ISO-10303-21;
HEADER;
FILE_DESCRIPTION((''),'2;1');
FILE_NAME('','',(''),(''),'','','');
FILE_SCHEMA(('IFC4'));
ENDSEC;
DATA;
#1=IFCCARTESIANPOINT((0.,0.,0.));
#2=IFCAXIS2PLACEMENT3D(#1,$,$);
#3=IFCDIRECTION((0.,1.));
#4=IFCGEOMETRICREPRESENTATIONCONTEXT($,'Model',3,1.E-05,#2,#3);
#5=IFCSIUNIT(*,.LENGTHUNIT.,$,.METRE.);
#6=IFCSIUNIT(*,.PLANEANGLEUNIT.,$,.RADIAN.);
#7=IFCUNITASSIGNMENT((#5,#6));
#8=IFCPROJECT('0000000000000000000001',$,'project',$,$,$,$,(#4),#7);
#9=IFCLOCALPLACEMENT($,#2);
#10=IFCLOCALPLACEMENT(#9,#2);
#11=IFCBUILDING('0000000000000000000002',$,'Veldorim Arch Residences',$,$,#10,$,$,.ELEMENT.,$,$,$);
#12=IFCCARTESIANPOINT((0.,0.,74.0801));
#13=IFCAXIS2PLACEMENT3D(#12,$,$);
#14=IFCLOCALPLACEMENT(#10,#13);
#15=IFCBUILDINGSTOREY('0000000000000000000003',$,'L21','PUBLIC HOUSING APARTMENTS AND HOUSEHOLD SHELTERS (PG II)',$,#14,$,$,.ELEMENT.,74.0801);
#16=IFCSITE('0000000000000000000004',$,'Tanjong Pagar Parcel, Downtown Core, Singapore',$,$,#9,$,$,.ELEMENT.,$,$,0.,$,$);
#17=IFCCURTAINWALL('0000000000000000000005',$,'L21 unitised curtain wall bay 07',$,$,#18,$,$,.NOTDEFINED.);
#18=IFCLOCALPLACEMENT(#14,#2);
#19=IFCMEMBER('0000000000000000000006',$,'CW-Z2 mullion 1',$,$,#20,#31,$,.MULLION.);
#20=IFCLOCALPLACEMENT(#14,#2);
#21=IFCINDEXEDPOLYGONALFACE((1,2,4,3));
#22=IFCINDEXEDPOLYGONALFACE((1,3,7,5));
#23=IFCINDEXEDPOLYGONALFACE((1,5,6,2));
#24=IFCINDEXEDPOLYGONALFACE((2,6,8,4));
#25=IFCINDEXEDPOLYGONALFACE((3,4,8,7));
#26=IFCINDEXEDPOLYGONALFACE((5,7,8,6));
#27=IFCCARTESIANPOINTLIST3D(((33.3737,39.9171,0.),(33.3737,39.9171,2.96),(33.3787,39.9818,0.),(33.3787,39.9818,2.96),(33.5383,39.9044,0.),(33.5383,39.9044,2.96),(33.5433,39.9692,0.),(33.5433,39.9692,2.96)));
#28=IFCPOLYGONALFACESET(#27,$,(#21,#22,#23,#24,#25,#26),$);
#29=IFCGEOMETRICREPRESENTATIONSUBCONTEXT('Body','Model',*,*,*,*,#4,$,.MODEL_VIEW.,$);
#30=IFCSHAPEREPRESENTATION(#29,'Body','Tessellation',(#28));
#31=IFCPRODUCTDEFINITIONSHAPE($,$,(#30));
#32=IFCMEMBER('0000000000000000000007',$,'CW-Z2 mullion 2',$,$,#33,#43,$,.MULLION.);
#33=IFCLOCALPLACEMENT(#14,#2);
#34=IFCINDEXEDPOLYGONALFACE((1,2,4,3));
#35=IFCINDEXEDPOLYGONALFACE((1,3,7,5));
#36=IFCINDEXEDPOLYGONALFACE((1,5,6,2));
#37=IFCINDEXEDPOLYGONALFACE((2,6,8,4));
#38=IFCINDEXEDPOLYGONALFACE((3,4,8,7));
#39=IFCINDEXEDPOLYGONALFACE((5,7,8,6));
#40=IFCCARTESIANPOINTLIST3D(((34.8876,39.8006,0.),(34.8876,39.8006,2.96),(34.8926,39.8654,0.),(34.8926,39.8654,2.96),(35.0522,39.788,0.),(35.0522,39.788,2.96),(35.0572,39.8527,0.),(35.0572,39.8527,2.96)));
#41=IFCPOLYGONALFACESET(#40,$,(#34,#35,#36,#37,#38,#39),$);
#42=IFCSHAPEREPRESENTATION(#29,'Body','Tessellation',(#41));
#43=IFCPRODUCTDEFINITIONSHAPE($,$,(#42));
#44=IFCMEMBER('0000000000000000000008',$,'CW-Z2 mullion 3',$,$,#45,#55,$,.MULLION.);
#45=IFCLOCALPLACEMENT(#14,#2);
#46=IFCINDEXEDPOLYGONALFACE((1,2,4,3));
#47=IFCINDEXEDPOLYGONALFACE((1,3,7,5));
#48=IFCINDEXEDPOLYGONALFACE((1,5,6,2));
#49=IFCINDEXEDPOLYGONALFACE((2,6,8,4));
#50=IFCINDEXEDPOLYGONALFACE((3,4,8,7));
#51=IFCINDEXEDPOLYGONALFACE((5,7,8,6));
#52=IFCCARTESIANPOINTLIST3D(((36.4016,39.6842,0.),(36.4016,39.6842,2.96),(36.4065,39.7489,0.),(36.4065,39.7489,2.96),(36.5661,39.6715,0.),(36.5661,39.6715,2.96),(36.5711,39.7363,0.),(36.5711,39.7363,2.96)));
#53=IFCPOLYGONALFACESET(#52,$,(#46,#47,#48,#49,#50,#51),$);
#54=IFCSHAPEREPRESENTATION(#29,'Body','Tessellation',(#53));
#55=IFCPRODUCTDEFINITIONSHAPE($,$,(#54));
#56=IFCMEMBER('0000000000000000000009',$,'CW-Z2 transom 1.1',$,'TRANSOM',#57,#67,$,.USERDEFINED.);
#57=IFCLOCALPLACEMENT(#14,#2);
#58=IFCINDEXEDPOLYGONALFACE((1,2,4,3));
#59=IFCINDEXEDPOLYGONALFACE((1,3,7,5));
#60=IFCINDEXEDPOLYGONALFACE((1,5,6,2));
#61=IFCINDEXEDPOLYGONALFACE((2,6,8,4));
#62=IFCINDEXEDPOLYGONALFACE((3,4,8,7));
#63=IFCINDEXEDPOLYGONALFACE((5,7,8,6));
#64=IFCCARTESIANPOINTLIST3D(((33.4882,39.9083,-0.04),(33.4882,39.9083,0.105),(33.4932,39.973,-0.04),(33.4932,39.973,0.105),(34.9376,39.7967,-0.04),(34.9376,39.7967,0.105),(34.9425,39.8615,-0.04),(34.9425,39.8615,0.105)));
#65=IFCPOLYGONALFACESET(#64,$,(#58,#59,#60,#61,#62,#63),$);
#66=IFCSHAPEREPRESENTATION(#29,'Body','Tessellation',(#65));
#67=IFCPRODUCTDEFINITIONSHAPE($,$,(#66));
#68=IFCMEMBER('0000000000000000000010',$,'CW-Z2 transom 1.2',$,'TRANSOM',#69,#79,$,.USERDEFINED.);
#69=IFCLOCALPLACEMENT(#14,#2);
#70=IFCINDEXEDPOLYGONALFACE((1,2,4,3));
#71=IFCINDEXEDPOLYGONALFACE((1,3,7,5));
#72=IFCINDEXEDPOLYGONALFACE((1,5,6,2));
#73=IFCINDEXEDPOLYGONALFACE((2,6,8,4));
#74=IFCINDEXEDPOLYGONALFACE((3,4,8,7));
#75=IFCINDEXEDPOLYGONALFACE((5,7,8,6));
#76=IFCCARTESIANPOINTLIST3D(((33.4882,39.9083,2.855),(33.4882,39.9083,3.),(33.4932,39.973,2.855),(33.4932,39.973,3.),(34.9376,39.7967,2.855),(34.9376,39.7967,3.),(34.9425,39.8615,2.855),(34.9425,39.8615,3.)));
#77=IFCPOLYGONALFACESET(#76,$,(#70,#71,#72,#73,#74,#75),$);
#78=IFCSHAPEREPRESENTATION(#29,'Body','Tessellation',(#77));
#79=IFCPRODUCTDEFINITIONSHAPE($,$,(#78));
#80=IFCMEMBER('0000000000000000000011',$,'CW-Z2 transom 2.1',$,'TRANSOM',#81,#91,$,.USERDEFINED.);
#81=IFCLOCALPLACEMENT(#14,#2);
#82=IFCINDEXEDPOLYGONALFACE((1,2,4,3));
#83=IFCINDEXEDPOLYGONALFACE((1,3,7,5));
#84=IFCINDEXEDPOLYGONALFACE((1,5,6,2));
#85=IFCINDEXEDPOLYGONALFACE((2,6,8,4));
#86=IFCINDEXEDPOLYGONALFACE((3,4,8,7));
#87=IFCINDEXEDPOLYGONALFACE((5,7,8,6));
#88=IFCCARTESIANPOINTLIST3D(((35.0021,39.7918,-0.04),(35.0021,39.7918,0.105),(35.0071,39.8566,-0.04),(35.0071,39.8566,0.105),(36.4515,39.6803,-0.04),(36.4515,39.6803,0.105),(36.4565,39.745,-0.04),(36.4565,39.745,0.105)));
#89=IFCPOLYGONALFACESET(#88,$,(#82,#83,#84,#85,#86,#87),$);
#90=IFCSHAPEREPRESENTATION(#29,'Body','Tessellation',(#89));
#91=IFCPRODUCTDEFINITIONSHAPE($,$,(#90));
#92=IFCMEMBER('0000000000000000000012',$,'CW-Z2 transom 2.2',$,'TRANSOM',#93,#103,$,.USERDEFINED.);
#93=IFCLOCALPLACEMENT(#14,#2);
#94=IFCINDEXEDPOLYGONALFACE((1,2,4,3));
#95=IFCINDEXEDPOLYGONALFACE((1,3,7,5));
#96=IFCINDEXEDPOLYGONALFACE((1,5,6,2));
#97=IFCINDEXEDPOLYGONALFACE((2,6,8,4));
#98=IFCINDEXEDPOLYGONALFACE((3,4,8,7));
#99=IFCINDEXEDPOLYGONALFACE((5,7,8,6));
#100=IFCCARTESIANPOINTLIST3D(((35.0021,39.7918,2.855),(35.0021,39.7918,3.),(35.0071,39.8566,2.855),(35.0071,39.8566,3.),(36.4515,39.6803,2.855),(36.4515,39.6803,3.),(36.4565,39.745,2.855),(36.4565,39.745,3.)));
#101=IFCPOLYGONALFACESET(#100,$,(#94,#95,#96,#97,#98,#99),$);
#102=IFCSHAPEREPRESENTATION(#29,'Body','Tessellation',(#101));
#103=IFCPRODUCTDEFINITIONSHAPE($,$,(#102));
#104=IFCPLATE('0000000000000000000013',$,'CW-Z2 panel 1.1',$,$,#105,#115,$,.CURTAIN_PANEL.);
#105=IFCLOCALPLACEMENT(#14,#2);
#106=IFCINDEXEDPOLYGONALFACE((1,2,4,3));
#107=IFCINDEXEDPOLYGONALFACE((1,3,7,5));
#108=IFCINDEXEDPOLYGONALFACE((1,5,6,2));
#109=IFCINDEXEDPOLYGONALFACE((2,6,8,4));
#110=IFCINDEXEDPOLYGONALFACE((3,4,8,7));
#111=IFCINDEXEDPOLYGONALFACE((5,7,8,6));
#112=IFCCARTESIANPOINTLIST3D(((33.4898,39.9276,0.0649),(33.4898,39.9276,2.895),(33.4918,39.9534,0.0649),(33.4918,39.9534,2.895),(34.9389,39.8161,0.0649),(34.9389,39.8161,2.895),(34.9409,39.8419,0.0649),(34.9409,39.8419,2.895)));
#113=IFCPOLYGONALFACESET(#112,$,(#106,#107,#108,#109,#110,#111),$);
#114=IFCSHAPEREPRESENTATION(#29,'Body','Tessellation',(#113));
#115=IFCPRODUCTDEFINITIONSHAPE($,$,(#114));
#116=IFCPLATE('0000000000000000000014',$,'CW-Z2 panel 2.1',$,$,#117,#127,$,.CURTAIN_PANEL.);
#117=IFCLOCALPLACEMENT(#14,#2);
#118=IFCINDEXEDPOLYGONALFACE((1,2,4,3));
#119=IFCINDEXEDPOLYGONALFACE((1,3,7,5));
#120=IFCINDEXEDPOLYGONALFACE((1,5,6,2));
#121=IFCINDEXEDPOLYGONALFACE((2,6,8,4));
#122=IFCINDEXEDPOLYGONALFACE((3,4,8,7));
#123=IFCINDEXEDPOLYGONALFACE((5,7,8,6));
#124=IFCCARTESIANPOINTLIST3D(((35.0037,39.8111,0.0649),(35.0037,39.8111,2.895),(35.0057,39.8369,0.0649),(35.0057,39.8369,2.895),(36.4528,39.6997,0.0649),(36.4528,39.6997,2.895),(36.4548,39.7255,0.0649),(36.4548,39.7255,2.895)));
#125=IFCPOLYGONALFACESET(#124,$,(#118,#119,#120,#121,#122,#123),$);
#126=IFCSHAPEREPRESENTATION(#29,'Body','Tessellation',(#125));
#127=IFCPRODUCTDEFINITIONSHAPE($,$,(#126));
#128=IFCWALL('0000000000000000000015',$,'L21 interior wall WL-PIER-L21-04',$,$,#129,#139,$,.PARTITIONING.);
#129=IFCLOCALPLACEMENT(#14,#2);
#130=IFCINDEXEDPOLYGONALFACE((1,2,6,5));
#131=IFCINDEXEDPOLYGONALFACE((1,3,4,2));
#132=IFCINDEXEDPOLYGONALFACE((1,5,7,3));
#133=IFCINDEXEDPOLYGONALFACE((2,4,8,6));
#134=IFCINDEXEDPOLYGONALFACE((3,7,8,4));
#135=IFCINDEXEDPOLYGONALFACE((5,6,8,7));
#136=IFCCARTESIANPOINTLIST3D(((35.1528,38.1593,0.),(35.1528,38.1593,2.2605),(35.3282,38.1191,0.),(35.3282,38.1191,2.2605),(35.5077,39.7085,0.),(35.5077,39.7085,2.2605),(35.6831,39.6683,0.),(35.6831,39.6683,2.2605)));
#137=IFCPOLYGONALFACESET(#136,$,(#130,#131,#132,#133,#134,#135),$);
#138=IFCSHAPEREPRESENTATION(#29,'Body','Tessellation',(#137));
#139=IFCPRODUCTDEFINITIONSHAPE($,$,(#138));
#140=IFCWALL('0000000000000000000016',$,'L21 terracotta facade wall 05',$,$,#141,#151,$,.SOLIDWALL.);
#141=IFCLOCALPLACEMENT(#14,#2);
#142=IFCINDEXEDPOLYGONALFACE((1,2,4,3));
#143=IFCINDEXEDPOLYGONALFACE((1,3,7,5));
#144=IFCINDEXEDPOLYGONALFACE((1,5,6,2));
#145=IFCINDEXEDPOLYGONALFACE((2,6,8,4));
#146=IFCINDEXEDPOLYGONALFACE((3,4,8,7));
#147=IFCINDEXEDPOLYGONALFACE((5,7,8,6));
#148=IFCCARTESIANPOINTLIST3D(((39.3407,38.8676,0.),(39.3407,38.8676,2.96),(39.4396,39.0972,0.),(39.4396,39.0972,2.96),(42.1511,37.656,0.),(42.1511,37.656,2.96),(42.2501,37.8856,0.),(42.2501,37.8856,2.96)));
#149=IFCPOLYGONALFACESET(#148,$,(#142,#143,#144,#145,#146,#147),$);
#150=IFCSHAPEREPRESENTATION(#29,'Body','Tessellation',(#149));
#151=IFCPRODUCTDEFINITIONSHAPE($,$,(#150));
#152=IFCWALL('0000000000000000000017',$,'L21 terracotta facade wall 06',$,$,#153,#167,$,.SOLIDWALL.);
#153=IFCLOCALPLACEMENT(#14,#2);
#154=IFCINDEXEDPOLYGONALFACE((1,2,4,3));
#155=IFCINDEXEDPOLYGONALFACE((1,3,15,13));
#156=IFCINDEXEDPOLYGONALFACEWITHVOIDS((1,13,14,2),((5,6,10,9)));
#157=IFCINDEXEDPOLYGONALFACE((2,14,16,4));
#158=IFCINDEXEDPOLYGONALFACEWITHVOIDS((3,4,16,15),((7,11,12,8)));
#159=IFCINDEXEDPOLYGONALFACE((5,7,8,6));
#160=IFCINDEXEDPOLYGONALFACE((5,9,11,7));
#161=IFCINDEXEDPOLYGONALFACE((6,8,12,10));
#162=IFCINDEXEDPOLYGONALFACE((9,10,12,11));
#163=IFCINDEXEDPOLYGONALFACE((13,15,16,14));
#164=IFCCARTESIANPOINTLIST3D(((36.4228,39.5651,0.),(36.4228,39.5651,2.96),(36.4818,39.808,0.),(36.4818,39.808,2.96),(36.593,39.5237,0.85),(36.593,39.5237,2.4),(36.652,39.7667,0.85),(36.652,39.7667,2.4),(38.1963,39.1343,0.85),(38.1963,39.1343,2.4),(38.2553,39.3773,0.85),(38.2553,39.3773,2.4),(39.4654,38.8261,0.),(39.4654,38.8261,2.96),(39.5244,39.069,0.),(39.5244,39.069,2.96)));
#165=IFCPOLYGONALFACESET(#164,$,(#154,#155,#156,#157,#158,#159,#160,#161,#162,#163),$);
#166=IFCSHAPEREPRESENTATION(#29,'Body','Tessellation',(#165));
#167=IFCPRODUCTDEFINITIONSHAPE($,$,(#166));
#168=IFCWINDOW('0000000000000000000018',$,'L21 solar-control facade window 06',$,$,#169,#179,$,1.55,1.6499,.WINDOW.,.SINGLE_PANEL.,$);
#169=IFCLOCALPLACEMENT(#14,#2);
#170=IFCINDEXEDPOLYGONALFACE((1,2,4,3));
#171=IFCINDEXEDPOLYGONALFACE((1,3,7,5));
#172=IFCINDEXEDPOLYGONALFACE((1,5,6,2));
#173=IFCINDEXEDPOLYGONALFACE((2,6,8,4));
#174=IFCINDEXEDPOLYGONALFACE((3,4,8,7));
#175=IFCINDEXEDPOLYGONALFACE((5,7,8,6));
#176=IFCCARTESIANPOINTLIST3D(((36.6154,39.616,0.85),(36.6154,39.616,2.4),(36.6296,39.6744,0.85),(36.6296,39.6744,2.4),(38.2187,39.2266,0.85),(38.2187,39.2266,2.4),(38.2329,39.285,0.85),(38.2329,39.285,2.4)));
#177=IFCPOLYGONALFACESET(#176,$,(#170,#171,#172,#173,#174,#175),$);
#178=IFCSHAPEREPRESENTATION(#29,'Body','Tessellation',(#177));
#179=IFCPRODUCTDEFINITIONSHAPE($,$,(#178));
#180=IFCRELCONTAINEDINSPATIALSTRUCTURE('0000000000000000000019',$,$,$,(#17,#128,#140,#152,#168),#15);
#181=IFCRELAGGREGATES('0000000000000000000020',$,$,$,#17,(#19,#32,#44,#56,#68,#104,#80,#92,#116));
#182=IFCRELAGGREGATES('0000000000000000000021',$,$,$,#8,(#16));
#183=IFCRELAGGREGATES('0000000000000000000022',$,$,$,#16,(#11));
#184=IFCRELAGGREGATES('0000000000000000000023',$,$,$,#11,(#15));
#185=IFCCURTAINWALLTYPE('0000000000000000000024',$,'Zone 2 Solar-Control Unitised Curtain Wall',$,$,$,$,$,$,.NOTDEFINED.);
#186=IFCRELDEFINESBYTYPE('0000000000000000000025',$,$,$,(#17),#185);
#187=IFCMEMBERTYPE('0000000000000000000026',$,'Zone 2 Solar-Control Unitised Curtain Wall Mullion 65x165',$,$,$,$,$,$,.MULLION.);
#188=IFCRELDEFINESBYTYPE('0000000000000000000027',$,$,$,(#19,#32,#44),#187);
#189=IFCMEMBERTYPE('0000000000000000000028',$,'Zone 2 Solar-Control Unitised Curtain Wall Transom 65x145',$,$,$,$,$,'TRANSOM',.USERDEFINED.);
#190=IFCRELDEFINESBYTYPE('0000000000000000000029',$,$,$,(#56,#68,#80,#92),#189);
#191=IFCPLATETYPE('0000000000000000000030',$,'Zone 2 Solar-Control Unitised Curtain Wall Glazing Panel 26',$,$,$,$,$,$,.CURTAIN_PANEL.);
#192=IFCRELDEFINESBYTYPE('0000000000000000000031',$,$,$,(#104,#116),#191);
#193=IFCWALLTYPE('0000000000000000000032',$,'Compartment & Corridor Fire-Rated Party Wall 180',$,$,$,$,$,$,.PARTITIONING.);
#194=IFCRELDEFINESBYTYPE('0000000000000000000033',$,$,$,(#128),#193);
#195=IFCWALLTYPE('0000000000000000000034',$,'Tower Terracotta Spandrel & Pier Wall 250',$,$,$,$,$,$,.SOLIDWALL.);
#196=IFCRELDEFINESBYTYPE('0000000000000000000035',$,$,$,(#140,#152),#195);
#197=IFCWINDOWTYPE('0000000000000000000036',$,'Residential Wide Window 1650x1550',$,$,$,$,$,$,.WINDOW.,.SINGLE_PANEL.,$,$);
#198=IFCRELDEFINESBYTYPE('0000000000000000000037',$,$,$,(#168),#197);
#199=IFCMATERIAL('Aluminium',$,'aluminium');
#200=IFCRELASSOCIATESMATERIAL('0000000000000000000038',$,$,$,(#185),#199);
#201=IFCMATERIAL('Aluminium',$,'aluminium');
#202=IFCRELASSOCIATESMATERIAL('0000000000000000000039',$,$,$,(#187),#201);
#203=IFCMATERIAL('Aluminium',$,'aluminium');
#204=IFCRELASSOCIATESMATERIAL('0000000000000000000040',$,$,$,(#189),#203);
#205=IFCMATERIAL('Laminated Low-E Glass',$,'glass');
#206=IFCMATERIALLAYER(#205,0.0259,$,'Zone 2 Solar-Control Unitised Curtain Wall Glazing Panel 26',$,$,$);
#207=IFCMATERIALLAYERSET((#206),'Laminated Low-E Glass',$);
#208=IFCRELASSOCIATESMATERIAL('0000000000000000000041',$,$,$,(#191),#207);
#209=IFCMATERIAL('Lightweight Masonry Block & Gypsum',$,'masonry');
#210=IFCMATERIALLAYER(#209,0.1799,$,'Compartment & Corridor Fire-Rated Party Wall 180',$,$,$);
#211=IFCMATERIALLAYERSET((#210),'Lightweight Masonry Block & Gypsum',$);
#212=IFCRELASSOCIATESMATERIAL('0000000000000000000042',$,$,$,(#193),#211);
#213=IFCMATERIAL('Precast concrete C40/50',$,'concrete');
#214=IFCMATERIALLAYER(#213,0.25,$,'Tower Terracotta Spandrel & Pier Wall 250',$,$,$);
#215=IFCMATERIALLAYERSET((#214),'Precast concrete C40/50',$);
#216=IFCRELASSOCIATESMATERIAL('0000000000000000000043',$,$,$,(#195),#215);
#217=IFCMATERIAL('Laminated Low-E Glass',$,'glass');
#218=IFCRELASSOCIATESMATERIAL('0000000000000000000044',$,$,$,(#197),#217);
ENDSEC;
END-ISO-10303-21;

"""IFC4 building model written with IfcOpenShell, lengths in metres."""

from ifc_helpers import new_model, si_unit, direction, frame, frame_2d, origin, origin_2d, place, context, subcontext, project, spatial, rectangle, extrude, material, layer, layer_set, material_profile, profile_set, type_object, element, fill, aggregate, save


model = new_model("IFC4")

# Units and contexts
model_context = context("Model", 3, precision=1e-05, world=origin(), true_north=direction((0.0, 1.0)))
body_context = subcontext(model_context, "Body", "Model", "MODEL_VIEW")
ifc_project = project(units=[si_unit("LENGTHUNIT", "METRE"), si_unit("PLANEANGLEUNIT", "RADIAN")], contexts=[model_context])

# Site, building, storey
site_placement = place(None, origin())
site = spatial("IfcSite", under=ifc_project, at=site_placement, Name="Tanjong Pagar Parcel, Downtown Core, Singapore", CompositionType="ELEMENT", RefElevation=0.0)
building_placement = place(site_placement, origin())
building = spatial("IfcBuilding", under=site, at=building_placement, Name="Veldorim Arch Residences", CompositionType="ELEMENT")
storey_placement = place(building_placement, frame((0.0, 0.0, 74.0801)))
storey = spatial("IfcBuildingStorey", under=building, at=storey_placement, Name="L21", Description="PUBLIC HOUSING APARTMENTS AND HOUSEHOLD SHELTERS (PG II)", CompositionType="ELEMENT", Elevation=74.0801)

# Curtain wall, members, plates
ifc_material_1 = material(Name="Aluminium", Category="aluminium")
curtain_wall_type = type_object("IfcCurtainWallType", Name="Zone 2 Solar-Control Unitised Curtain Wall", PredefinedType="NOTDEFINED", material=ifc_material_1)
curtain_wall_placement = place(storey_placement, origin())
curtain_wall = element("IfcCurtainWall", 1, at=curtain_wall_placement, inside=storey, type_object=curtain_wall_type, Name="L21 unitised curtain wall bay 07", PredefinedType="NOTDEFINED")
ifc_material_2 = material(Name="Aluminium", Category="aluminium")
ifc_material_profile_1 = material_profile(ifc_material_2, rectangle(XDim=0.0649, YDim=0.165, at=origin_2d()), Name="ALU_MUL_65x165")
ifc_profile_set_1 = profile_set([ifc_material_profile_1], Name="Aluminium")
member_type_1 = type_object("IfcMemberType", Name="Zone 2 Solar-Control Unitised Curtain Wall Mullion 65x165", PredefinedType="MULLION", material=ifc_profile_set_1)
member_1_placement = place(storey_placement, frame((33.4585, 39.9431, 0.0), z_axis=(0.0, 0.0, 1.0), x_axis=(0.076696, 0.997054, 0.0)))
member_1 = element("IfcMember", 2, at=member_1_placement, type_object=member_type_1, Name="CW-Z2 mullion 1", PredefinedType="MULLION", context=body_context, shape_type="SweptSolid", body=[
    extrude(rectangle(XDim=0.0649, YDim=0.165, at=origin_2d()), origin(), (0.0, 0.0, 1.0), 2.96),
])
member_2_placement = place(storey_placement, frame((34.9724, 39.8267, 0.0), z_axis=(0.0, 0.0, 1.0), x_axis=(0.076696, 0.997054, 0.0)))
member_2 = element("IfcMember", 3, at=member_2_placement, type_object=member_type_1, Name="CW-Z2 mullion 2", PredefinedType="MULLION", context=body_context, shape_type="SweptSolid", body=[
    extrude(rectangle(XDim=0.0649, YDim=0.165, at=origin_2d()), origin(), (0.0, 0.0, 1.0), 2.96),
])
member_3_placement = place(storey_placement, frame((36.4863, 39.7102, 0.0), z_axis=(0.0, 0.0, 1.0), x_axis=(0.076696, 0.997054, 0.0)))
member_3 = element("IfcMember", 4, at=member_3_placement, type_object=member_type_1, Name="CW-Z2 mullion 3", PredefinedType="MULLION", context=body_context, shape_type="SweptSolid", body=[
    extrude(rectangle(XDim=0.0649, YDim=0.165, at=origin_2d()), origin(), (0.0, 0.0, 1.0), 2.96),
])
ifc_material_3 = material(Name="Aluminium", Category="aluminium")
ifc_material_profile_2 = material_profile(ifc_material_3, rectangle(XDim=0.0649, YDim=0.145, at=origin_2d()), Name="ALU_TRN_65x145")
ifc_profile_set_2 = profile_set([ifc_material_profile_2], Name="Aluminium")
member_type_2 = type_object("IfcMemberType", Name="Zone 2 Solar-Control Unitised Curtain Wall Transom 65x145", ElementType="TRANSOM", PredefinedType="USERDEFINED", material=ifc_profile_set_2)
member_4_placement = place(storey_placement, frame((33.4907, 39.9407, 0.0325), z_axis=(0.99705, -0.076761, 0.0), x_axis=(0.076761, 0.99705, 0.0)))
member_4 = element("IfcMember", 5, at=member_4_placement, type_object=member_type_2, Name="CW-Z2 transom 1.1", ObjectType="TRANSOM", PredefinedType="USERDEFINED", context=body_context, shape_type="SweptSolid", body=[
    extrude(rectangle(XDim=0.0649, YDim=0.145, at=origin_2d()), origin(), (0.0, 0.0, 1.0), 1.4536),
])
member_5_placement = place(storey_placement, frame((33.4907, 39.9407, 2.9275), z_axis=(0.99705, -0.076761, 0.0), x_axis=(0.076761, 0.99705, 0.0)))
member_5 = element("IfcMember", 6, at=member_5_placement, type_object=member_type_2, Name="CW-Z2 transom 1.2", ObjectType="TRANSOM", PredefinedType="USERDEFINED", context=body_context, shape_type="SweptSolid", body=[
    extrude(rectangle(XDim=0.0649, YDim=0.145, at=origin_2d()), origin(), (0.0, 0.0, 1.0), 1.4536),
])
member_6_placement = place(storey_placement, frame((35.0046, 39.8242, 0.0325), z_axis=(0.99705, -0.076761, 0.0), x_axis=(0.076761, 0.99705, 0.0)))
member_6 = element("IfcMember", 7, at=member_6_placement, type_object=member_type_2, Name="CW-Z2 transom 2.1", ObjectType="TRANSOM", PredefinedType="USERDEFINED", context=body_context, shape_type="SweptSolid", body=[
    extrude(rectangle(XDim=0.0649, YDim=0.145, at=origin_2d()), origin(), (0.0, 0.0, 1.0), 1.4536),
])
member_7_placement = place(storey_placement, frame((35.0046, 39.8242, 2.9275), z_axis=(0.99705, -0.076761, 0.0), x_axis=(0.076761, 0.99705, 0.0)))
member_7 = element("IfcMember", 8, at=member_7_placement, type_object=member_type_2, Name="CW-Z2 transom 2.2", ObjectType="TRANSOM", PredefinedType="USERDEFINED", context=body_context, shape_type="SweptSolid", body=[
    extrude(rectangle(XDim=0.0649, YDim=0.145, at=origin_2d()), origin(), (0.0, 0.0, 1.0), 1.4536),
])
ifc_material_4 = material(Name="Laminated Low-E Glass", Category="glass")
ifc_layer_1 = layer(ifc_material_4, 0.0259, Name="Zone 2 Solar-Control Unitised Curtain Wall Glazing Panel 26")
ifc_layer_set_1 = layer_set([ifc_layer_1], Name="Laminated Low-E Glass")
plate_type = type_object("IfcPlateType", Name="Zone 2 Solar-Control Unitised Curtain Wall Glazing Panel 26", PredefinedType="CURTAIN_PANEL", material=ifc_layer_set_1)
plate_1_placement = place(storey_placement, frame((34.2153, 39.8848, 0.0649), z_axis=(0.0, 0.0, 1.0), x_axis=(0.997054, -0.076696, 0.0)))
plate_1 = element("IfcPlate", 9, at=plate_1_placement, type_object=plate_type, Name="CW-Z2 panel 1.1", PredefinedType="CURTAIN_PANEL", context=body_context, shape_type="SweptSolid", body=[
    extrude(rectangle(XDim=1.4534, YDim=0.0259, at=origin_2d()), origin(), (0.0, 0.0, 1.0), 2.8301),
])
plate_2_placement = place(storey_placement, frame((35.7292, 39.7683, 0.0649), z_axis=(0.0, 0.0, 1.0), x_axis=(0.997054, -0.076696, 0.0)))
plate_2 = element("IfcPlate", 10, at=plate_2_placement, type_object=plate_type, Name="CW-Z2 panel 2.1", PredefinedType="CURTAIN_PANEL", context=body_context, shape_type="SweptSolid", body=[
    extrude(rectangle(XDim=1.4534, YDim=0.0259, at=origin_2d()), origin(), (0.0, 0.0, 1.0), 2.8301),
])
aggregate(curtain_wall, [member_1, member_2, member_3, member_4, member_5, plate_1, member_6, member_7, plate_2])

# Walls
ifc_material_5 = material(Name="Lightweight Masonry Block & Gypsum", Category="masonry")
ifc_layer_2 = layer(ifc_material_5, 0.1799, Name="Compartment & Corridor Fire-Rated Party Wall 180")
ifc_layer_set_2 = layer_set([ifc_layer_2], Name="Lightweight Masonry Block & Gypsum")
wall_type_1 = type_object("IfcWallType", Name="Compartment & Corridor Fire-Rated Party Wall 180", PredefinedType="PARTITIONING", material=ifc_layer_set_2)
wall_1_placement = place(storey_placement, frame((35.2405, 38.1392, 0.0), z_axis=(0.0, 0.0, 1.0), x_axis=(0.223334, 0.974742, 0.0)))
element("IfcWall", 11, at=wall_1_placement, inside=storey, type_object=wall_type_1, Name="L21 interior wall WL-PIER-L21-04", PredefinedType="PARTITIONING", context=body_context, shape_type="SweptSolid", body=[
    extrude(rectangle(XDim=1.5894, YDim=0.1799, at=frame_2d((0.7947, 0.0))), origin(), (0.0, 0.0, 1.0), 2.2605),
])
ifc_material_6 = material(Name="Precast concrete C40/50", Category="concrete")
ifc_layer_3 = layer(ifc_material_6, 0.25, Name="Tower Terracotta Spandrel & Pier Wall 250")
ifc_layer_set_3 = layer_set([ifc_layer_3], Name="Precast concrete C40/50")
wall_type_2 = type_object("IfcWallType", Name="Tower Terracotta Spandrel & Pier Wall 250", PredefinedType="SOLIDWALL", material=ifc_layer_set_3)
wall_2_placement = place(storey_placement, frame((39.3901, 38.9824, 0.0), z_axis=(0.0, 0.0, 1.0), x_axis=(0.918297, -0.395892, 0.0)))
element("IfcWall", 12, at=wall_2_placement, inside=storey, type_object=wall_type_2, Name="L21 terracotta facade wall 05", PredefinedType="SOLIDWALL", context=body_context, shape_type="SweptSolid", body=[
    extrude(rectangle(XDim=3.0605, YDim=0.25, at=frame_2d((1.5303, 0.0))), origin(), (0.0, 0.0, 1.0), 2.96),
])

# Wall, opening, window
wall_3_placement = place(storey_placement, frame((36.4524, 39.6865, 0.0), z_axis=(0.0, 0.0, 1.0), x_axis=(0.971749, -0.236017, 0.0)))
wall_3 = element("IfcWall", 13, at=wall_3_placement, inside=storey, type_object=wall_type_2, Name="L21 terracotta facade wall 06", PredefinedType="SOLIDWALL", context=body_context, shape_type="SweptSolid", body=[
    extrude(rectangle(XDim=3.1311, YDim=0.25, at=frame_2d((1.5654, 0.0))), origin(), (0.0, 0.0, 1.0), 2.96),
])
opening_placement = place(wall_3_placement, frame((0.175, 0.0, 0.8501)))
opening = element("IfcOpeningElement", 14, at=opening_placement, cuts=wall_3, PredefinedType="OPENING", context=body_context, shape_type="SweptSolid", body=[
    extrude(rectangle(XDim=1.6499, YDim=1.55, at=frame_2d((0.825, 0.7749))), frame((0.0, 0.135, 0.0), z_axis=(0.0, -1.0, 0.0), x_axis=(1.0, 0.0, 0.0)), (0.0, 0.0, 1.0), 0.27),
])
ifc_material_7 = material(Name="Laminated Low-E Glass", Category="glass")
window_type = type_object("IfcWindowType", Name="Residential Wide Window 1650x1550", PartitioningType="SINGLE_PANEL", PredefinedType="WINDOW", material=ifc_material_7)
window_placement = place(opening_placement, origin())
window = element("IfcWindow", 15, at=window_placement, inside=storey, type_object=window_type, Name="L21 solar-control facade window 06", OverallHeight=1.55, OverallWidth=1.6499, PartitioningType="SINGLE_PANEL", PredefinedType="WINDOW", context=body_context, shape_type="SweptSolid", body=[
    extrude(rectangle(XDim=1.6499, YDim=1.55, at=frame_2d((0.825, 0.7749))), frame((0.0, 0.03, 0.0), z_axis=(0.0, -1.0, 0.0), x_axis=(1.0, 0.0, 0.0)), (0.0, 0.0, 1.0), 0.0601),
])
fill(opening, window)

save(model, "model.ifc")
